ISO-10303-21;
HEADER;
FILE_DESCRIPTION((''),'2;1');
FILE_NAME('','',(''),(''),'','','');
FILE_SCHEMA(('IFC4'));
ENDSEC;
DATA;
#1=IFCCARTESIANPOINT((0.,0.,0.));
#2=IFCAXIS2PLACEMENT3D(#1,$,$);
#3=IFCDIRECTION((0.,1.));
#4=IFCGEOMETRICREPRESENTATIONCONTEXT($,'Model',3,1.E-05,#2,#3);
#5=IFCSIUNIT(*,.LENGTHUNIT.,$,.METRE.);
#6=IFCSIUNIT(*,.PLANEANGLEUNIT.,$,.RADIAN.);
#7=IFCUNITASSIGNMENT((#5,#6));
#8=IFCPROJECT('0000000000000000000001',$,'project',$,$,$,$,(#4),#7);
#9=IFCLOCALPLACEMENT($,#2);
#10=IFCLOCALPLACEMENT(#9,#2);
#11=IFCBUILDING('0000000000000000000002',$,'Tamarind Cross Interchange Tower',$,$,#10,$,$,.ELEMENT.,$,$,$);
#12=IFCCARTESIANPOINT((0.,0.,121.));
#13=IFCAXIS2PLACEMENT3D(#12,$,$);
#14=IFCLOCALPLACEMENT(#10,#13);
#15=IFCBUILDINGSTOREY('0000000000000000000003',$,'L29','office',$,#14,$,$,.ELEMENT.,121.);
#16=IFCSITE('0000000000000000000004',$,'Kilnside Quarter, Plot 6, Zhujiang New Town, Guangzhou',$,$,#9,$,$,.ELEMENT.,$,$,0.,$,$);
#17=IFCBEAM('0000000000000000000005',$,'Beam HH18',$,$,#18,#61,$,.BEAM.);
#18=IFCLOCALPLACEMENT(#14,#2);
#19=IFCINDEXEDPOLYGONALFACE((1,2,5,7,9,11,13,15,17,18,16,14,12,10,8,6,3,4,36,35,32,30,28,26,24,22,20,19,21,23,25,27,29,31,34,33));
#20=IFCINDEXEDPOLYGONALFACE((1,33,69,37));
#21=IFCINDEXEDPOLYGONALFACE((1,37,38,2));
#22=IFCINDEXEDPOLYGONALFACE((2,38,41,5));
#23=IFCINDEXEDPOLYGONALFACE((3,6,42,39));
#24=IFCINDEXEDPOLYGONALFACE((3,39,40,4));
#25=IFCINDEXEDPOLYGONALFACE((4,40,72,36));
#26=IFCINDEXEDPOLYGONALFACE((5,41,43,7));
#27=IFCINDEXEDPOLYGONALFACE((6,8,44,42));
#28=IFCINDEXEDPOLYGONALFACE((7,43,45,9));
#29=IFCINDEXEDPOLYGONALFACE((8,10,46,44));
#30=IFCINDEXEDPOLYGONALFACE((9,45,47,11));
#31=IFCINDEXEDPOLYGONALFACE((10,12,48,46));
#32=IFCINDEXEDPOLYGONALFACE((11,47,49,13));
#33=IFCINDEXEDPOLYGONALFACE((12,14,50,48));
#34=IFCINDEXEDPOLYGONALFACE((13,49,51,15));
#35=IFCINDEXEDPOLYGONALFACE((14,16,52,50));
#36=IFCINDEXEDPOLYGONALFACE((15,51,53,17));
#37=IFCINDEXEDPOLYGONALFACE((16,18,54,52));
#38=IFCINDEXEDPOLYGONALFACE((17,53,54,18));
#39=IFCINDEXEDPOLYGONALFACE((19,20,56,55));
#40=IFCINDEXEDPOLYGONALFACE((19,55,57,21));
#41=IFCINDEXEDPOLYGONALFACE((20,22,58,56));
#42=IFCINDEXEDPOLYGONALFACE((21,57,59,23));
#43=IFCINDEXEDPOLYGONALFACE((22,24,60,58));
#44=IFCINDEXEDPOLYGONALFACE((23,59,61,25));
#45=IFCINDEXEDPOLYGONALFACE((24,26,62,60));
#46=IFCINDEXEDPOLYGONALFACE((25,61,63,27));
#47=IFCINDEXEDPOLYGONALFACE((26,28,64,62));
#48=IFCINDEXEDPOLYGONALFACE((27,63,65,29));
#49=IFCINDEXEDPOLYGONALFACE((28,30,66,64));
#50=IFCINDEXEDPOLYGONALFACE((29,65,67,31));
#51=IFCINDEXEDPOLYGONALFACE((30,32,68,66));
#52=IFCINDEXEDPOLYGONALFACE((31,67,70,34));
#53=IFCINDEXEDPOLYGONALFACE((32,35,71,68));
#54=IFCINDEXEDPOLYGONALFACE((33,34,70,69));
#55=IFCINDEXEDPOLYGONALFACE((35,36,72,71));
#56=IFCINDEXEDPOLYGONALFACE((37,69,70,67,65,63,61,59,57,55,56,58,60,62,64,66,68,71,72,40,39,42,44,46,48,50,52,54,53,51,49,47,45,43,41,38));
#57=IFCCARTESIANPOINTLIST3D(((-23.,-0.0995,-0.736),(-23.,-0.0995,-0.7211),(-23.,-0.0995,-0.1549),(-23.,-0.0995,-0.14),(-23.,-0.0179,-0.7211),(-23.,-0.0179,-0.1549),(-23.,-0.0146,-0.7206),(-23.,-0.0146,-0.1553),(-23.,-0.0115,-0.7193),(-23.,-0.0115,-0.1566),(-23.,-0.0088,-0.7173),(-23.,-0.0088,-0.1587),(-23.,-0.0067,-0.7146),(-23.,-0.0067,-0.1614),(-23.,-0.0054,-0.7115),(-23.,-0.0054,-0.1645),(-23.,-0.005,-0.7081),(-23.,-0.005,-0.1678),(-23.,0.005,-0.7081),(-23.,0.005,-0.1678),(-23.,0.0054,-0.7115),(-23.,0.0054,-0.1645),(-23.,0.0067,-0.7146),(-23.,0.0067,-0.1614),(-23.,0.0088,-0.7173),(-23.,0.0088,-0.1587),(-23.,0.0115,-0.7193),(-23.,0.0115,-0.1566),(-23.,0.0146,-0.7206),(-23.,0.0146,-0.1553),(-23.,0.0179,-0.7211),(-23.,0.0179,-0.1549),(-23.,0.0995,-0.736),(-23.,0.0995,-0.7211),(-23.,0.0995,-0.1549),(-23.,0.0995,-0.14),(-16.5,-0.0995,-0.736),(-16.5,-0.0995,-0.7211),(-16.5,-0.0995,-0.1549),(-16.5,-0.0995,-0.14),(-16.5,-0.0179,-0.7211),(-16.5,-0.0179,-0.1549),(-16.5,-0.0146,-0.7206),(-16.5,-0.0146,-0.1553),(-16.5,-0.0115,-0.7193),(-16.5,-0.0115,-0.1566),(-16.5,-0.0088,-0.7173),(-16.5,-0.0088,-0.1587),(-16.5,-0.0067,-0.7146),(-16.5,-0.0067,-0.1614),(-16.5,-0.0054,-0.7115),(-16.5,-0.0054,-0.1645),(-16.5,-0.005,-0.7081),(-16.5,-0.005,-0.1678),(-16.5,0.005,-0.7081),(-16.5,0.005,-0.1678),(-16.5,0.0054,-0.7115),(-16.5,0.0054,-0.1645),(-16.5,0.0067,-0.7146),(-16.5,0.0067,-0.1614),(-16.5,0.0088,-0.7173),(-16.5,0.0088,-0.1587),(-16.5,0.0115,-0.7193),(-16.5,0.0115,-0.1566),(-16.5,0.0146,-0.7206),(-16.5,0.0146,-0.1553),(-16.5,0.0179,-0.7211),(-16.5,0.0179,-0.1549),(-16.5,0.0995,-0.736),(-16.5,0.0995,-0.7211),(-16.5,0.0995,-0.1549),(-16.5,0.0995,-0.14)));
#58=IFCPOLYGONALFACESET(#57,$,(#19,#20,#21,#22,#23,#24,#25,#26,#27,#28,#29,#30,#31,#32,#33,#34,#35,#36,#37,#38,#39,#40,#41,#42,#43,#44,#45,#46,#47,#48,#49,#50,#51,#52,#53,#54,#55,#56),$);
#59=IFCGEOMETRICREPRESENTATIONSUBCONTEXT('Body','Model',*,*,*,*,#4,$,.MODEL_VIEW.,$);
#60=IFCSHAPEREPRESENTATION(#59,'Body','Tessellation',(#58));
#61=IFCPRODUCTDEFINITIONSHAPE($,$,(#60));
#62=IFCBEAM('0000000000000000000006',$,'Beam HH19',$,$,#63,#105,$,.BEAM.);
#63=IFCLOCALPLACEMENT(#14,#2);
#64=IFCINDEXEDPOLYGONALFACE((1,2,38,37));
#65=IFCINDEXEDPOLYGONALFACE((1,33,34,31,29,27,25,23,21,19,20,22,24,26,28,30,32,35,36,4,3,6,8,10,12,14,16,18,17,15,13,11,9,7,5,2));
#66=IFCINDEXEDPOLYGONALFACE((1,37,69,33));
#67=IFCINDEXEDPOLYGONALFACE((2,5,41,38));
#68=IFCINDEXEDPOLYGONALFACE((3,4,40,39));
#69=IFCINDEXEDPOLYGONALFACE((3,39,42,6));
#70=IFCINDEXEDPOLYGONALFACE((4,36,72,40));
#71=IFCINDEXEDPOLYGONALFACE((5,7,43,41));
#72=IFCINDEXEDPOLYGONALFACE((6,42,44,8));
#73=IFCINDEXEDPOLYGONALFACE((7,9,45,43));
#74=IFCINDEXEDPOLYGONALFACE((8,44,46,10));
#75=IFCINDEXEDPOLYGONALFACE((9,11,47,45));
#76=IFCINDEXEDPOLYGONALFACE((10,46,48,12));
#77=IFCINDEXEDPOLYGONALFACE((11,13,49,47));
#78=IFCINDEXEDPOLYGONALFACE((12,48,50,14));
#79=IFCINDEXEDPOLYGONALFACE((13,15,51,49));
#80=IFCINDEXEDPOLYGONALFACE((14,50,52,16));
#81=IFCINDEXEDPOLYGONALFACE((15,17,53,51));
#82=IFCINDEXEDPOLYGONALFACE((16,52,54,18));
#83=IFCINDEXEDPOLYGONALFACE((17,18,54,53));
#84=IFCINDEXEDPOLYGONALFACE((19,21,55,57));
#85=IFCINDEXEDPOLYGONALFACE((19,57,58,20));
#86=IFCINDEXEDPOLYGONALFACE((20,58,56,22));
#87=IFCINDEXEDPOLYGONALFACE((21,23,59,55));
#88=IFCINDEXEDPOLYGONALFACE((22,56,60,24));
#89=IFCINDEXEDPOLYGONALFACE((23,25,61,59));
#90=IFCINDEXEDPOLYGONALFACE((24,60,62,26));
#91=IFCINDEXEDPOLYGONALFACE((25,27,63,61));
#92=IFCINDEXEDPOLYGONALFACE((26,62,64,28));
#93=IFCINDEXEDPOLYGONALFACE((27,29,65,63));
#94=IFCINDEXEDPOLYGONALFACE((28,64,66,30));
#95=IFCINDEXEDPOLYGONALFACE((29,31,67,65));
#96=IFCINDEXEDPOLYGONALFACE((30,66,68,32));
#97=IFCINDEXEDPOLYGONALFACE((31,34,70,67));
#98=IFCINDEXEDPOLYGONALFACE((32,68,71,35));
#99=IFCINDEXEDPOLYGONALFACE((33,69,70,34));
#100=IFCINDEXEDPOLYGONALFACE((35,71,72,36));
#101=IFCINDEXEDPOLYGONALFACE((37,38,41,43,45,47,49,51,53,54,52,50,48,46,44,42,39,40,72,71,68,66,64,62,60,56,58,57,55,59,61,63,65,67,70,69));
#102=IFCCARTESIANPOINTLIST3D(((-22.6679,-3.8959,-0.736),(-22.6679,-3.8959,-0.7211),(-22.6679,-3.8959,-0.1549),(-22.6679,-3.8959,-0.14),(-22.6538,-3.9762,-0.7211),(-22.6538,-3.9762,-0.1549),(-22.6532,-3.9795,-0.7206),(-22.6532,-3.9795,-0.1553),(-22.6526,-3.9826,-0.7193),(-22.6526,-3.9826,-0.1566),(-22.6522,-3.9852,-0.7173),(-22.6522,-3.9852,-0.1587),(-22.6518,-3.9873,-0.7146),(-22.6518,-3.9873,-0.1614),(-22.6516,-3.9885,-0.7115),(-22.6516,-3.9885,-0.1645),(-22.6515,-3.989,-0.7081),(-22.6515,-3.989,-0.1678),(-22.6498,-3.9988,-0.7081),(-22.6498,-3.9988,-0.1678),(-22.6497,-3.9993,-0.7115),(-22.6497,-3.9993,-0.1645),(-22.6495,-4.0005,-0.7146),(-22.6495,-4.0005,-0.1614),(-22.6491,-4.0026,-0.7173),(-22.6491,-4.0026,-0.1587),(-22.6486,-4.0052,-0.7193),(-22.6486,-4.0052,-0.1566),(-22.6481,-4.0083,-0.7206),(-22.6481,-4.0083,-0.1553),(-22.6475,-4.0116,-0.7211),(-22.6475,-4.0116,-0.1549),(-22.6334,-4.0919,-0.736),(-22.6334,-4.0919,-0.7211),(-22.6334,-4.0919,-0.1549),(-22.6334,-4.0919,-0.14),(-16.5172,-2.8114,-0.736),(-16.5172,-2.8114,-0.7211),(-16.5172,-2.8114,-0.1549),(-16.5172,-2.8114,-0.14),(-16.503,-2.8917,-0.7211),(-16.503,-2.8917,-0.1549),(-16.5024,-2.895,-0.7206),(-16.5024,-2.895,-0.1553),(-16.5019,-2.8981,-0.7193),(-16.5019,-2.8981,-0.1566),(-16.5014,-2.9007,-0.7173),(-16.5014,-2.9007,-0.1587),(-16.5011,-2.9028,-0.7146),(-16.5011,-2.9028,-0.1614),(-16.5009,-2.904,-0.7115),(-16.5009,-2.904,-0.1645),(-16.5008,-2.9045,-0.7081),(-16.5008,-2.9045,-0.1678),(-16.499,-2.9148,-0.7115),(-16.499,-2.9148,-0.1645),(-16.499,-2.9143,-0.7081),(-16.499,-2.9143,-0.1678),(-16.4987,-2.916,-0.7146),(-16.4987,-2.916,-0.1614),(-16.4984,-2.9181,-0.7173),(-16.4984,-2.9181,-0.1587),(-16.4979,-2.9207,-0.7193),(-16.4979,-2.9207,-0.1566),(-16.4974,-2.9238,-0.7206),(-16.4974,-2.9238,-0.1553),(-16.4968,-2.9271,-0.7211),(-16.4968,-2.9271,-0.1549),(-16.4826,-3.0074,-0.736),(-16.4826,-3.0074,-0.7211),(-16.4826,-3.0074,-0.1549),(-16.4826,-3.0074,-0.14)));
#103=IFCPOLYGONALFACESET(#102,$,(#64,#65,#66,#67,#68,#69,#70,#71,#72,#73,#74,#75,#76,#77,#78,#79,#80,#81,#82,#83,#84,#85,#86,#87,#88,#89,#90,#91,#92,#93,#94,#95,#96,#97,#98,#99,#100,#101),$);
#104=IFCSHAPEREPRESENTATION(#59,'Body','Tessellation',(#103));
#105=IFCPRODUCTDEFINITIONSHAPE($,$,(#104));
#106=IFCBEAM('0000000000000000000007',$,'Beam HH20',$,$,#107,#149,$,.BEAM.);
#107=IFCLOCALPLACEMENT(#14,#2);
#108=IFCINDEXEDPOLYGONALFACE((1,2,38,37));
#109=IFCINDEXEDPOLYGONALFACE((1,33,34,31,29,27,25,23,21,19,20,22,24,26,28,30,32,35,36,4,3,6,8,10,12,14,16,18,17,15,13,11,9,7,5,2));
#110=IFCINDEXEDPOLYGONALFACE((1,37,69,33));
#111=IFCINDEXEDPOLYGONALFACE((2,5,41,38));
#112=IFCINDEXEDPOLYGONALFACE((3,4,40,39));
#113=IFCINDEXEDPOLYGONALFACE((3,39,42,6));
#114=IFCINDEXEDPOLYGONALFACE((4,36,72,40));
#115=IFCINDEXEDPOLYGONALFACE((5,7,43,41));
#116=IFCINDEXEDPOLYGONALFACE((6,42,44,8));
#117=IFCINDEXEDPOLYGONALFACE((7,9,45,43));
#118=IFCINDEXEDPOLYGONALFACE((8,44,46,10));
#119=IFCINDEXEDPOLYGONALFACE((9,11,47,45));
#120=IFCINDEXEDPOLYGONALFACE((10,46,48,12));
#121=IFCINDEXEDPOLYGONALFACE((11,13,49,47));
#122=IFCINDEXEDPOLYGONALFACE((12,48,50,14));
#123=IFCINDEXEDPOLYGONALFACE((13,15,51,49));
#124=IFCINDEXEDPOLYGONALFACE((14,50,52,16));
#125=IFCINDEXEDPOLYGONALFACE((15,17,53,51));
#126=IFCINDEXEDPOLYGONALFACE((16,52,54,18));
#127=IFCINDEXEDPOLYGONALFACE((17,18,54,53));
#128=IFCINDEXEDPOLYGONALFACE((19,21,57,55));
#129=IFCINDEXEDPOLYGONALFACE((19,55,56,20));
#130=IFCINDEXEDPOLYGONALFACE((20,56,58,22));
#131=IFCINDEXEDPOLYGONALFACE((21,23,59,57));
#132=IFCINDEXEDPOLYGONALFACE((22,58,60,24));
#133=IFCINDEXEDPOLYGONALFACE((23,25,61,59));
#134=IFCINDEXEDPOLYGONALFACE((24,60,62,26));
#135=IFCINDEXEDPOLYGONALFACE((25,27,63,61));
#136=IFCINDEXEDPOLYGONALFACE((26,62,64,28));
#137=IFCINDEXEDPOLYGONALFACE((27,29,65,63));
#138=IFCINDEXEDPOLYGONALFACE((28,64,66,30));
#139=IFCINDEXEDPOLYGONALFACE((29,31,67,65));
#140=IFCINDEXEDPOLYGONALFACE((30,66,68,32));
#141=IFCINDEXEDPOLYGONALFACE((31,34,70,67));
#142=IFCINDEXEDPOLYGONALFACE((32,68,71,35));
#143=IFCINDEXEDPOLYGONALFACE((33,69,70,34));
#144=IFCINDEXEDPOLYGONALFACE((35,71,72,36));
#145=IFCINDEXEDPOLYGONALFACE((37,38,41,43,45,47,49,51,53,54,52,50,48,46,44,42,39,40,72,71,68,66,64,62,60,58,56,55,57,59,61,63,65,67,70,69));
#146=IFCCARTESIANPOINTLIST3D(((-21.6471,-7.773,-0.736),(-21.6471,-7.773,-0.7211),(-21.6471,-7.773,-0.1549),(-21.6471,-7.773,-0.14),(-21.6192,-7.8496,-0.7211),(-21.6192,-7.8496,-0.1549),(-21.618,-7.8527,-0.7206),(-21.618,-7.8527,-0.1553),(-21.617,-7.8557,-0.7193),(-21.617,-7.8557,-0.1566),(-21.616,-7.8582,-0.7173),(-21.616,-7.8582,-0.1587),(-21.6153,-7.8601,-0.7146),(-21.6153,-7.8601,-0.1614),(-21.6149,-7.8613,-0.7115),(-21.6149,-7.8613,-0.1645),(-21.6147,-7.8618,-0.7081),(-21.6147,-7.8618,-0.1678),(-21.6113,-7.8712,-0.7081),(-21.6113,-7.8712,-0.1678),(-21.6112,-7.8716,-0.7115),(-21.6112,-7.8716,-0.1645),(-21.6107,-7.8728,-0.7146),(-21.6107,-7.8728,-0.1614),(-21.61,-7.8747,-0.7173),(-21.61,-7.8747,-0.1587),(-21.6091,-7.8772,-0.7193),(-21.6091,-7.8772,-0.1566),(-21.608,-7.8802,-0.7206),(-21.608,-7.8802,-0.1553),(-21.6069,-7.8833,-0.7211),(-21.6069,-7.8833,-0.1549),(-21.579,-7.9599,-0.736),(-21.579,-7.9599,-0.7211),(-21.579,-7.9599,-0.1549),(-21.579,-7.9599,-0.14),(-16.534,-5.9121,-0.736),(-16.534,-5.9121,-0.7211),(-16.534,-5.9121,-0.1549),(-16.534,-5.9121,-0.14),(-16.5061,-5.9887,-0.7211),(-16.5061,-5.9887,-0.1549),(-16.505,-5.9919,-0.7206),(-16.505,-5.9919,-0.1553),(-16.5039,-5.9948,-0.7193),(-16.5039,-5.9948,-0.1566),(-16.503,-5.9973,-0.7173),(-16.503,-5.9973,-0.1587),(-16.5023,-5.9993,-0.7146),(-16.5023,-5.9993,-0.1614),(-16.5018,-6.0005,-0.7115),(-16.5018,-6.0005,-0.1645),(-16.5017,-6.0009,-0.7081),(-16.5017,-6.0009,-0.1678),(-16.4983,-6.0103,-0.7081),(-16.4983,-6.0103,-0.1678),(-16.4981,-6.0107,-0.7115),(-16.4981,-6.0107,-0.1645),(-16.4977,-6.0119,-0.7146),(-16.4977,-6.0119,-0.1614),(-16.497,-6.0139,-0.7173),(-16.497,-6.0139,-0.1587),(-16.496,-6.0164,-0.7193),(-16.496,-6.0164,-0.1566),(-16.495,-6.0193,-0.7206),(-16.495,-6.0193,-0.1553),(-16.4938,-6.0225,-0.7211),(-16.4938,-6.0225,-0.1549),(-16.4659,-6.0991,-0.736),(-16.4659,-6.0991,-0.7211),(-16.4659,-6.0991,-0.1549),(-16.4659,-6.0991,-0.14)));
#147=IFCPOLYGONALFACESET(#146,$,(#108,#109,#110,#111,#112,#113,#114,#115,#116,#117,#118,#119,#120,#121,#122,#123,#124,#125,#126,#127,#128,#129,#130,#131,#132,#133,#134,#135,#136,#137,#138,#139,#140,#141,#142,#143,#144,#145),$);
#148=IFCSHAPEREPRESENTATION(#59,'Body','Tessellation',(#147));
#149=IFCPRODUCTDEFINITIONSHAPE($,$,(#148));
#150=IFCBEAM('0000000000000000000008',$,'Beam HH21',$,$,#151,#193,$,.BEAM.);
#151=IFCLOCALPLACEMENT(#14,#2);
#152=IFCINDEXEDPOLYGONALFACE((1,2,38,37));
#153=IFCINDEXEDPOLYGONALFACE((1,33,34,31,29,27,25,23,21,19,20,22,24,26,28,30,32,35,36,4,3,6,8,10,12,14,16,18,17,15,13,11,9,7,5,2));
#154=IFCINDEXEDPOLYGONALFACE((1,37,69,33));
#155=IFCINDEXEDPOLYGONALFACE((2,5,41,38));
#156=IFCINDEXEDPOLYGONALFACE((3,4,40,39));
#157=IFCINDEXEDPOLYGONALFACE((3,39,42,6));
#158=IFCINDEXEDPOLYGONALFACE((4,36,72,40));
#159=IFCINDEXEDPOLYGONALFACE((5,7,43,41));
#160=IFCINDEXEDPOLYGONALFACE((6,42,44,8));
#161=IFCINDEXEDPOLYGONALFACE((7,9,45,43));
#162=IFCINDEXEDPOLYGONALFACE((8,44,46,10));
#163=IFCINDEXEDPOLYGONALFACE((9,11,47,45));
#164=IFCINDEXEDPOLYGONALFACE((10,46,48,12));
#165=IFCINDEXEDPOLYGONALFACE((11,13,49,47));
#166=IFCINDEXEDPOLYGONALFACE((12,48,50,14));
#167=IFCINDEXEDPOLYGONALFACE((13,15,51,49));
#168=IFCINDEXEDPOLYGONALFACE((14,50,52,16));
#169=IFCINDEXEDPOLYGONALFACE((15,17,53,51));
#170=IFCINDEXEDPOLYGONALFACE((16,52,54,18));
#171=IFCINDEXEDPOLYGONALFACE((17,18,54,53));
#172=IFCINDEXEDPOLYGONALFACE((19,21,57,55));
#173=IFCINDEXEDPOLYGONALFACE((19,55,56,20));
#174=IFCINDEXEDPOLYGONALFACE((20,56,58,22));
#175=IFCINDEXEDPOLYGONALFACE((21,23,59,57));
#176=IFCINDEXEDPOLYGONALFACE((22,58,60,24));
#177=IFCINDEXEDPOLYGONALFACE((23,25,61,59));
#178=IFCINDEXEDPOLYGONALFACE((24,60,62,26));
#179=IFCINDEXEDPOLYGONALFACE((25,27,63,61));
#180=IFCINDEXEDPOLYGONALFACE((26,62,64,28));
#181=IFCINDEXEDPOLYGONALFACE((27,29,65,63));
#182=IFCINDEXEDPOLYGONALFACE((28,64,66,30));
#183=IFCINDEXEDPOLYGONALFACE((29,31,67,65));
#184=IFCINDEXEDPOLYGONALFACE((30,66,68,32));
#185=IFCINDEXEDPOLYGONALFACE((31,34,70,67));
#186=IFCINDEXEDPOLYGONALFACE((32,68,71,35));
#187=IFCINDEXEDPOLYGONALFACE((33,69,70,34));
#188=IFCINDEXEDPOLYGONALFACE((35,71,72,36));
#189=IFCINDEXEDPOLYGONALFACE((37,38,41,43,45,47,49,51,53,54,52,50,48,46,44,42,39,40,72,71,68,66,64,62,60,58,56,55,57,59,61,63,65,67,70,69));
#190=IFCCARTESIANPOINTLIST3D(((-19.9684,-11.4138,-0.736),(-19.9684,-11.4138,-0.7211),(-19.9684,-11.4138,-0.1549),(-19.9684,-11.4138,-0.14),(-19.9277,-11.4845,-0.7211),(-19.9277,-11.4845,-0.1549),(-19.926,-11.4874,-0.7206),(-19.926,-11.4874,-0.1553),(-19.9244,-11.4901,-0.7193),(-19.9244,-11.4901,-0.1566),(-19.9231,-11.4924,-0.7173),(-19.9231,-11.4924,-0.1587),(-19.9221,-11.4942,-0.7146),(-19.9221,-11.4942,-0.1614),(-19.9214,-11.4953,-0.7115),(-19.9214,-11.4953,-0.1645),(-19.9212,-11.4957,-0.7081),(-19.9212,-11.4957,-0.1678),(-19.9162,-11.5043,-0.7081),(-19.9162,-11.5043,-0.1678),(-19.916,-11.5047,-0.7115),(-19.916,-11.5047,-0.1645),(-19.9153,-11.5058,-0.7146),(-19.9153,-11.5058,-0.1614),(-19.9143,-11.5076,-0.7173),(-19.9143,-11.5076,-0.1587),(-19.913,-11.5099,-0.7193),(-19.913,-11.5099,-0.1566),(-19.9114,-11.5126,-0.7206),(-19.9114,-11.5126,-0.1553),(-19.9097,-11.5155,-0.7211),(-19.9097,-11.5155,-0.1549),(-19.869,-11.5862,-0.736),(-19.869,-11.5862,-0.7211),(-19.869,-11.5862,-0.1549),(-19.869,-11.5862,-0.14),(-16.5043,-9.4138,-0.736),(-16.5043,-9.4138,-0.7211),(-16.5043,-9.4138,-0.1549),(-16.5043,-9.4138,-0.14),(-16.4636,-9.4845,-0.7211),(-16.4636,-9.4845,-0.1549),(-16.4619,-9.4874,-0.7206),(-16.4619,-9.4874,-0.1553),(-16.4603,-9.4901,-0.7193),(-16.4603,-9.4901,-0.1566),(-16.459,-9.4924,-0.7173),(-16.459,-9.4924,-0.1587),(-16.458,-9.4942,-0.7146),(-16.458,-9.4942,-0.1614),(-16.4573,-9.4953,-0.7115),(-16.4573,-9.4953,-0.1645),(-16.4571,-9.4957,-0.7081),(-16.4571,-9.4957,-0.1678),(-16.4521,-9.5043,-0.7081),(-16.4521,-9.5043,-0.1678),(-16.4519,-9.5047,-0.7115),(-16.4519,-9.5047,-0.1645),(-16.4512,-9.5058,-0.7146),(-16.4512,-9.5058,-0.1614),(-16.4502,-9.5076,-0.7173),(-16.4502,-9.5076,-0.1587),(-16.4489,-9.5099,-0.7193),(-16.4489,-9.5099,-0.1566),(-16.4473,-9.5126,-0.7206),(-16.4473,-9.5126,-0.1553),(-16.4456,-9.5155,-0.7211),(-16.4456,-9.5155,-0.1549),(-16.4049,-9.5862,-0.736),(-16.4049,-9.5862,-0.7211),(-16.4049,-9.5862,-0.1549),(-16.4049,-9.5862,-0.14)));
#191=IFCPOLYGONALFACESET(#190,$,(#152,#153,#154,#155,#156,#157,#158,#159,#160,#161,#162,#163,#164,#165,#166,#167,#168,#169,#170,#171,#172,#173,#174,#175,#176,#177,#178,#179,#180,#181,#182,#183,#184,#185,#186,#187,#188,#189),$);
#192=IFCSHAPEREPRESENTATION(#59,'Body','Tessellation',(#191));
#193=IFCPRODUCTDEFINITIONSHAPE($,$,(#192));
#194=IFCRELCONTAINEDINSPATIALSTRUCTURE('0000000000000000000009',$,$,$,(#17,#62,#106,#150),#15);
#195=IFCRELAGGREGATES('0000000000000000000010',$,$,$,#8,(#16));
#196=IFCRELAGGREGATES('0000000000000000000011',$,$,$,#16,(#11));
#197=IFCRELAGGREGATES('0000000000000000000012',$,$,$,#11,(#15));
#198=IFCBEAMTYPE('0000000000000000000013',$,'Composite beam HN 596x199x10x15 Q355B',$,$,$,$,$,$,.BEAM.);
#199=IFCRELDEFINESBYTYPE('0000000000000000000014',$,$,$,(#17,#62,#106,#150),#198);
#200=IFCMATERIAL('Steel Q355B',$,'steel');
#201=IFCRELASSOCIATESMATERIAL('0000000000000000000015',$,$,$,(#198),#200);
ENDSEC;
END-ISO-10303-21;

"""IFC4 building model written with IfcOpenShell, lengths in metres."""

from ifc_helpers import new_model, si_unit, direction, frame, origin, origin_2d, place, context, subcontext, project, spatial, i_section, extrude, material, material_profile, profile_set, type_object, element, save


model = new_model("IFC4")

# Units and contexts
model_context = context("Model", 3, precision=1e-05, world=origin(), true_north=direction((0.0, 1.0)))
body_context = subcontext(model_context, "Body", "Model", "MODEL_VIEW")
ifc_project = project(units=[si_unit("LENGTHUNIT", "METRE"), si_unit("PLANEANGLEUNIT", "RADIAN")], contexts=[model_context])

# Site, building, storey
site_placement = place(None, origin())
site = spatial("IfcSite", under=ifc_project, at=site_placement, Name="Kilnside Quarter, Plot 6, Zhujiang New Town, Guangzhou", CompositionType="ELEMENT", RefElevation=0.0)
building_placement = place(site_placement, origin())
building = spatial("IfcBuilding", under=site, at=building_placement, Name="Tamarind Cross Interchange Tower", CompositionType="ELEMENT")
storey_placement = place(building_placement, frame((0.0, 0.0, 121.0)))
storey = spatial("IfcBuildingStorey", under=building, at=storey_placement, Name="L29", Description="office", CompositionType="ELEMENT", Elevation=121.0)

# Beams
ifc_material_1 = material(Name="Steel Q355B", Category="steel")
ifc_material_profile_1 = material_profile(ifc_material_1, i_section(OverallWidth=0.199, OverallDepth=0.5959, WebThickness=0.01, FlangeThickness=0.0149, FilletRadius=0.0129, at=origin_2d()), Name="HN 596x199x10x15")
ifc_profile_set_1 = profile_set([ifc_material_profile_1], Name="Steel Q355B")
beam_type_1 = type_object("IfcBeamType", Name="Composite beam HN 596x199x10x15 Q355B", PredefinedType="BEAM", material=ifc_profile_set_1)
beam_1_placement = place(storey_placement, frame((-23.0, 0.0, -0.438), z_axis=(1.0, 0.0, 0.0), x_axis=(0.0, 1.0, 0.0)))
element("IfcBeam", 1, at=beam_1_placement, inside=storey, type_object=beam_type_1, Name="Beam HH18", PredefinedType="BEAM", context=body_context, shape_type="SweptSolid", body=[
    extrude(i_section(OverallWidth=0.199, OverallDepth=0.5959, WebThickness=0.01, FlangeThickness=0.0149, FilletRadius=0.0129, at=origin_2d()), origin(), (0.0, 0.0, 1.0), 6.5),
])
beam_2_placement = place(storey_placement, frame((-22.6506, -3.9939, -0.438), z_axis=(0.984809, 0.17364, 0.0), x_axis=(-0.17364, 0.984809, 0.0)))
element("IfcBeam", 2, at=beam_2_placement, inside=storey, type_object=beam_type_1, Name="Beam HH19", PredefinedType="BEAM", context=body_context, shape_type="SweptSolid", body=[
    extrude(i_section(OverallWidth=0.199, OverallDepth=0.5959, WebThickness=0.01, FlangeThickness=0.0149, FilletRadius=0.0129, at=origin_2d()), origin(), (0.0, 0.0, 1.0), 6.2456),
])
beam_3_placement = place(storey_placement, frame((-21.613, -7.8665, -0.438), z_axis=(0.939702, 0.341995, 0.0), x_axis=(-0.341995, 0.939702, 0.0)))
element("IfcBeam", 3, at=beam_3_placement, inside=storey, type_object=beam_type_1, Name="Beam HH20", PredefinedType="BEAM", context=body_context, shape_type="SweptSolid", body=[
    extrude(i_section(OverallWidth=0.199, OverallDepth=0.5959, WebThickness=0.01, FlangeThickness=0.0149, FilletRadius=0.0129, at=origin_2d()), origin(), (0.0, 0.0, 1.0), 5.4412),
])
beam_4_placement = place(storey_placement, frame((-19.9187, -11.5, -0.438), z_axis=(0.866026, 0.499999, 0.0), x_axis=(-0.499999, 0.866026, 0.0)))
element("IfcBeam", 4, at=beam_4_placement, inside=storey, type_object=beam_type_1, Name="Beam HH21", PredefinedType="BEAM", context=body_context, shape_type="SweptSolid", body=[
    extrude(i_section(OverallWidth=0.199, OverallDepth=0.5959, WebThickness=0.01, FlangeThickness=0.0149, FilletRadius=0.0129, at=origin_2d()), origin(), (0.0, 0.0, 1.0), 4.0),
])

save(model, "model.ifc")
